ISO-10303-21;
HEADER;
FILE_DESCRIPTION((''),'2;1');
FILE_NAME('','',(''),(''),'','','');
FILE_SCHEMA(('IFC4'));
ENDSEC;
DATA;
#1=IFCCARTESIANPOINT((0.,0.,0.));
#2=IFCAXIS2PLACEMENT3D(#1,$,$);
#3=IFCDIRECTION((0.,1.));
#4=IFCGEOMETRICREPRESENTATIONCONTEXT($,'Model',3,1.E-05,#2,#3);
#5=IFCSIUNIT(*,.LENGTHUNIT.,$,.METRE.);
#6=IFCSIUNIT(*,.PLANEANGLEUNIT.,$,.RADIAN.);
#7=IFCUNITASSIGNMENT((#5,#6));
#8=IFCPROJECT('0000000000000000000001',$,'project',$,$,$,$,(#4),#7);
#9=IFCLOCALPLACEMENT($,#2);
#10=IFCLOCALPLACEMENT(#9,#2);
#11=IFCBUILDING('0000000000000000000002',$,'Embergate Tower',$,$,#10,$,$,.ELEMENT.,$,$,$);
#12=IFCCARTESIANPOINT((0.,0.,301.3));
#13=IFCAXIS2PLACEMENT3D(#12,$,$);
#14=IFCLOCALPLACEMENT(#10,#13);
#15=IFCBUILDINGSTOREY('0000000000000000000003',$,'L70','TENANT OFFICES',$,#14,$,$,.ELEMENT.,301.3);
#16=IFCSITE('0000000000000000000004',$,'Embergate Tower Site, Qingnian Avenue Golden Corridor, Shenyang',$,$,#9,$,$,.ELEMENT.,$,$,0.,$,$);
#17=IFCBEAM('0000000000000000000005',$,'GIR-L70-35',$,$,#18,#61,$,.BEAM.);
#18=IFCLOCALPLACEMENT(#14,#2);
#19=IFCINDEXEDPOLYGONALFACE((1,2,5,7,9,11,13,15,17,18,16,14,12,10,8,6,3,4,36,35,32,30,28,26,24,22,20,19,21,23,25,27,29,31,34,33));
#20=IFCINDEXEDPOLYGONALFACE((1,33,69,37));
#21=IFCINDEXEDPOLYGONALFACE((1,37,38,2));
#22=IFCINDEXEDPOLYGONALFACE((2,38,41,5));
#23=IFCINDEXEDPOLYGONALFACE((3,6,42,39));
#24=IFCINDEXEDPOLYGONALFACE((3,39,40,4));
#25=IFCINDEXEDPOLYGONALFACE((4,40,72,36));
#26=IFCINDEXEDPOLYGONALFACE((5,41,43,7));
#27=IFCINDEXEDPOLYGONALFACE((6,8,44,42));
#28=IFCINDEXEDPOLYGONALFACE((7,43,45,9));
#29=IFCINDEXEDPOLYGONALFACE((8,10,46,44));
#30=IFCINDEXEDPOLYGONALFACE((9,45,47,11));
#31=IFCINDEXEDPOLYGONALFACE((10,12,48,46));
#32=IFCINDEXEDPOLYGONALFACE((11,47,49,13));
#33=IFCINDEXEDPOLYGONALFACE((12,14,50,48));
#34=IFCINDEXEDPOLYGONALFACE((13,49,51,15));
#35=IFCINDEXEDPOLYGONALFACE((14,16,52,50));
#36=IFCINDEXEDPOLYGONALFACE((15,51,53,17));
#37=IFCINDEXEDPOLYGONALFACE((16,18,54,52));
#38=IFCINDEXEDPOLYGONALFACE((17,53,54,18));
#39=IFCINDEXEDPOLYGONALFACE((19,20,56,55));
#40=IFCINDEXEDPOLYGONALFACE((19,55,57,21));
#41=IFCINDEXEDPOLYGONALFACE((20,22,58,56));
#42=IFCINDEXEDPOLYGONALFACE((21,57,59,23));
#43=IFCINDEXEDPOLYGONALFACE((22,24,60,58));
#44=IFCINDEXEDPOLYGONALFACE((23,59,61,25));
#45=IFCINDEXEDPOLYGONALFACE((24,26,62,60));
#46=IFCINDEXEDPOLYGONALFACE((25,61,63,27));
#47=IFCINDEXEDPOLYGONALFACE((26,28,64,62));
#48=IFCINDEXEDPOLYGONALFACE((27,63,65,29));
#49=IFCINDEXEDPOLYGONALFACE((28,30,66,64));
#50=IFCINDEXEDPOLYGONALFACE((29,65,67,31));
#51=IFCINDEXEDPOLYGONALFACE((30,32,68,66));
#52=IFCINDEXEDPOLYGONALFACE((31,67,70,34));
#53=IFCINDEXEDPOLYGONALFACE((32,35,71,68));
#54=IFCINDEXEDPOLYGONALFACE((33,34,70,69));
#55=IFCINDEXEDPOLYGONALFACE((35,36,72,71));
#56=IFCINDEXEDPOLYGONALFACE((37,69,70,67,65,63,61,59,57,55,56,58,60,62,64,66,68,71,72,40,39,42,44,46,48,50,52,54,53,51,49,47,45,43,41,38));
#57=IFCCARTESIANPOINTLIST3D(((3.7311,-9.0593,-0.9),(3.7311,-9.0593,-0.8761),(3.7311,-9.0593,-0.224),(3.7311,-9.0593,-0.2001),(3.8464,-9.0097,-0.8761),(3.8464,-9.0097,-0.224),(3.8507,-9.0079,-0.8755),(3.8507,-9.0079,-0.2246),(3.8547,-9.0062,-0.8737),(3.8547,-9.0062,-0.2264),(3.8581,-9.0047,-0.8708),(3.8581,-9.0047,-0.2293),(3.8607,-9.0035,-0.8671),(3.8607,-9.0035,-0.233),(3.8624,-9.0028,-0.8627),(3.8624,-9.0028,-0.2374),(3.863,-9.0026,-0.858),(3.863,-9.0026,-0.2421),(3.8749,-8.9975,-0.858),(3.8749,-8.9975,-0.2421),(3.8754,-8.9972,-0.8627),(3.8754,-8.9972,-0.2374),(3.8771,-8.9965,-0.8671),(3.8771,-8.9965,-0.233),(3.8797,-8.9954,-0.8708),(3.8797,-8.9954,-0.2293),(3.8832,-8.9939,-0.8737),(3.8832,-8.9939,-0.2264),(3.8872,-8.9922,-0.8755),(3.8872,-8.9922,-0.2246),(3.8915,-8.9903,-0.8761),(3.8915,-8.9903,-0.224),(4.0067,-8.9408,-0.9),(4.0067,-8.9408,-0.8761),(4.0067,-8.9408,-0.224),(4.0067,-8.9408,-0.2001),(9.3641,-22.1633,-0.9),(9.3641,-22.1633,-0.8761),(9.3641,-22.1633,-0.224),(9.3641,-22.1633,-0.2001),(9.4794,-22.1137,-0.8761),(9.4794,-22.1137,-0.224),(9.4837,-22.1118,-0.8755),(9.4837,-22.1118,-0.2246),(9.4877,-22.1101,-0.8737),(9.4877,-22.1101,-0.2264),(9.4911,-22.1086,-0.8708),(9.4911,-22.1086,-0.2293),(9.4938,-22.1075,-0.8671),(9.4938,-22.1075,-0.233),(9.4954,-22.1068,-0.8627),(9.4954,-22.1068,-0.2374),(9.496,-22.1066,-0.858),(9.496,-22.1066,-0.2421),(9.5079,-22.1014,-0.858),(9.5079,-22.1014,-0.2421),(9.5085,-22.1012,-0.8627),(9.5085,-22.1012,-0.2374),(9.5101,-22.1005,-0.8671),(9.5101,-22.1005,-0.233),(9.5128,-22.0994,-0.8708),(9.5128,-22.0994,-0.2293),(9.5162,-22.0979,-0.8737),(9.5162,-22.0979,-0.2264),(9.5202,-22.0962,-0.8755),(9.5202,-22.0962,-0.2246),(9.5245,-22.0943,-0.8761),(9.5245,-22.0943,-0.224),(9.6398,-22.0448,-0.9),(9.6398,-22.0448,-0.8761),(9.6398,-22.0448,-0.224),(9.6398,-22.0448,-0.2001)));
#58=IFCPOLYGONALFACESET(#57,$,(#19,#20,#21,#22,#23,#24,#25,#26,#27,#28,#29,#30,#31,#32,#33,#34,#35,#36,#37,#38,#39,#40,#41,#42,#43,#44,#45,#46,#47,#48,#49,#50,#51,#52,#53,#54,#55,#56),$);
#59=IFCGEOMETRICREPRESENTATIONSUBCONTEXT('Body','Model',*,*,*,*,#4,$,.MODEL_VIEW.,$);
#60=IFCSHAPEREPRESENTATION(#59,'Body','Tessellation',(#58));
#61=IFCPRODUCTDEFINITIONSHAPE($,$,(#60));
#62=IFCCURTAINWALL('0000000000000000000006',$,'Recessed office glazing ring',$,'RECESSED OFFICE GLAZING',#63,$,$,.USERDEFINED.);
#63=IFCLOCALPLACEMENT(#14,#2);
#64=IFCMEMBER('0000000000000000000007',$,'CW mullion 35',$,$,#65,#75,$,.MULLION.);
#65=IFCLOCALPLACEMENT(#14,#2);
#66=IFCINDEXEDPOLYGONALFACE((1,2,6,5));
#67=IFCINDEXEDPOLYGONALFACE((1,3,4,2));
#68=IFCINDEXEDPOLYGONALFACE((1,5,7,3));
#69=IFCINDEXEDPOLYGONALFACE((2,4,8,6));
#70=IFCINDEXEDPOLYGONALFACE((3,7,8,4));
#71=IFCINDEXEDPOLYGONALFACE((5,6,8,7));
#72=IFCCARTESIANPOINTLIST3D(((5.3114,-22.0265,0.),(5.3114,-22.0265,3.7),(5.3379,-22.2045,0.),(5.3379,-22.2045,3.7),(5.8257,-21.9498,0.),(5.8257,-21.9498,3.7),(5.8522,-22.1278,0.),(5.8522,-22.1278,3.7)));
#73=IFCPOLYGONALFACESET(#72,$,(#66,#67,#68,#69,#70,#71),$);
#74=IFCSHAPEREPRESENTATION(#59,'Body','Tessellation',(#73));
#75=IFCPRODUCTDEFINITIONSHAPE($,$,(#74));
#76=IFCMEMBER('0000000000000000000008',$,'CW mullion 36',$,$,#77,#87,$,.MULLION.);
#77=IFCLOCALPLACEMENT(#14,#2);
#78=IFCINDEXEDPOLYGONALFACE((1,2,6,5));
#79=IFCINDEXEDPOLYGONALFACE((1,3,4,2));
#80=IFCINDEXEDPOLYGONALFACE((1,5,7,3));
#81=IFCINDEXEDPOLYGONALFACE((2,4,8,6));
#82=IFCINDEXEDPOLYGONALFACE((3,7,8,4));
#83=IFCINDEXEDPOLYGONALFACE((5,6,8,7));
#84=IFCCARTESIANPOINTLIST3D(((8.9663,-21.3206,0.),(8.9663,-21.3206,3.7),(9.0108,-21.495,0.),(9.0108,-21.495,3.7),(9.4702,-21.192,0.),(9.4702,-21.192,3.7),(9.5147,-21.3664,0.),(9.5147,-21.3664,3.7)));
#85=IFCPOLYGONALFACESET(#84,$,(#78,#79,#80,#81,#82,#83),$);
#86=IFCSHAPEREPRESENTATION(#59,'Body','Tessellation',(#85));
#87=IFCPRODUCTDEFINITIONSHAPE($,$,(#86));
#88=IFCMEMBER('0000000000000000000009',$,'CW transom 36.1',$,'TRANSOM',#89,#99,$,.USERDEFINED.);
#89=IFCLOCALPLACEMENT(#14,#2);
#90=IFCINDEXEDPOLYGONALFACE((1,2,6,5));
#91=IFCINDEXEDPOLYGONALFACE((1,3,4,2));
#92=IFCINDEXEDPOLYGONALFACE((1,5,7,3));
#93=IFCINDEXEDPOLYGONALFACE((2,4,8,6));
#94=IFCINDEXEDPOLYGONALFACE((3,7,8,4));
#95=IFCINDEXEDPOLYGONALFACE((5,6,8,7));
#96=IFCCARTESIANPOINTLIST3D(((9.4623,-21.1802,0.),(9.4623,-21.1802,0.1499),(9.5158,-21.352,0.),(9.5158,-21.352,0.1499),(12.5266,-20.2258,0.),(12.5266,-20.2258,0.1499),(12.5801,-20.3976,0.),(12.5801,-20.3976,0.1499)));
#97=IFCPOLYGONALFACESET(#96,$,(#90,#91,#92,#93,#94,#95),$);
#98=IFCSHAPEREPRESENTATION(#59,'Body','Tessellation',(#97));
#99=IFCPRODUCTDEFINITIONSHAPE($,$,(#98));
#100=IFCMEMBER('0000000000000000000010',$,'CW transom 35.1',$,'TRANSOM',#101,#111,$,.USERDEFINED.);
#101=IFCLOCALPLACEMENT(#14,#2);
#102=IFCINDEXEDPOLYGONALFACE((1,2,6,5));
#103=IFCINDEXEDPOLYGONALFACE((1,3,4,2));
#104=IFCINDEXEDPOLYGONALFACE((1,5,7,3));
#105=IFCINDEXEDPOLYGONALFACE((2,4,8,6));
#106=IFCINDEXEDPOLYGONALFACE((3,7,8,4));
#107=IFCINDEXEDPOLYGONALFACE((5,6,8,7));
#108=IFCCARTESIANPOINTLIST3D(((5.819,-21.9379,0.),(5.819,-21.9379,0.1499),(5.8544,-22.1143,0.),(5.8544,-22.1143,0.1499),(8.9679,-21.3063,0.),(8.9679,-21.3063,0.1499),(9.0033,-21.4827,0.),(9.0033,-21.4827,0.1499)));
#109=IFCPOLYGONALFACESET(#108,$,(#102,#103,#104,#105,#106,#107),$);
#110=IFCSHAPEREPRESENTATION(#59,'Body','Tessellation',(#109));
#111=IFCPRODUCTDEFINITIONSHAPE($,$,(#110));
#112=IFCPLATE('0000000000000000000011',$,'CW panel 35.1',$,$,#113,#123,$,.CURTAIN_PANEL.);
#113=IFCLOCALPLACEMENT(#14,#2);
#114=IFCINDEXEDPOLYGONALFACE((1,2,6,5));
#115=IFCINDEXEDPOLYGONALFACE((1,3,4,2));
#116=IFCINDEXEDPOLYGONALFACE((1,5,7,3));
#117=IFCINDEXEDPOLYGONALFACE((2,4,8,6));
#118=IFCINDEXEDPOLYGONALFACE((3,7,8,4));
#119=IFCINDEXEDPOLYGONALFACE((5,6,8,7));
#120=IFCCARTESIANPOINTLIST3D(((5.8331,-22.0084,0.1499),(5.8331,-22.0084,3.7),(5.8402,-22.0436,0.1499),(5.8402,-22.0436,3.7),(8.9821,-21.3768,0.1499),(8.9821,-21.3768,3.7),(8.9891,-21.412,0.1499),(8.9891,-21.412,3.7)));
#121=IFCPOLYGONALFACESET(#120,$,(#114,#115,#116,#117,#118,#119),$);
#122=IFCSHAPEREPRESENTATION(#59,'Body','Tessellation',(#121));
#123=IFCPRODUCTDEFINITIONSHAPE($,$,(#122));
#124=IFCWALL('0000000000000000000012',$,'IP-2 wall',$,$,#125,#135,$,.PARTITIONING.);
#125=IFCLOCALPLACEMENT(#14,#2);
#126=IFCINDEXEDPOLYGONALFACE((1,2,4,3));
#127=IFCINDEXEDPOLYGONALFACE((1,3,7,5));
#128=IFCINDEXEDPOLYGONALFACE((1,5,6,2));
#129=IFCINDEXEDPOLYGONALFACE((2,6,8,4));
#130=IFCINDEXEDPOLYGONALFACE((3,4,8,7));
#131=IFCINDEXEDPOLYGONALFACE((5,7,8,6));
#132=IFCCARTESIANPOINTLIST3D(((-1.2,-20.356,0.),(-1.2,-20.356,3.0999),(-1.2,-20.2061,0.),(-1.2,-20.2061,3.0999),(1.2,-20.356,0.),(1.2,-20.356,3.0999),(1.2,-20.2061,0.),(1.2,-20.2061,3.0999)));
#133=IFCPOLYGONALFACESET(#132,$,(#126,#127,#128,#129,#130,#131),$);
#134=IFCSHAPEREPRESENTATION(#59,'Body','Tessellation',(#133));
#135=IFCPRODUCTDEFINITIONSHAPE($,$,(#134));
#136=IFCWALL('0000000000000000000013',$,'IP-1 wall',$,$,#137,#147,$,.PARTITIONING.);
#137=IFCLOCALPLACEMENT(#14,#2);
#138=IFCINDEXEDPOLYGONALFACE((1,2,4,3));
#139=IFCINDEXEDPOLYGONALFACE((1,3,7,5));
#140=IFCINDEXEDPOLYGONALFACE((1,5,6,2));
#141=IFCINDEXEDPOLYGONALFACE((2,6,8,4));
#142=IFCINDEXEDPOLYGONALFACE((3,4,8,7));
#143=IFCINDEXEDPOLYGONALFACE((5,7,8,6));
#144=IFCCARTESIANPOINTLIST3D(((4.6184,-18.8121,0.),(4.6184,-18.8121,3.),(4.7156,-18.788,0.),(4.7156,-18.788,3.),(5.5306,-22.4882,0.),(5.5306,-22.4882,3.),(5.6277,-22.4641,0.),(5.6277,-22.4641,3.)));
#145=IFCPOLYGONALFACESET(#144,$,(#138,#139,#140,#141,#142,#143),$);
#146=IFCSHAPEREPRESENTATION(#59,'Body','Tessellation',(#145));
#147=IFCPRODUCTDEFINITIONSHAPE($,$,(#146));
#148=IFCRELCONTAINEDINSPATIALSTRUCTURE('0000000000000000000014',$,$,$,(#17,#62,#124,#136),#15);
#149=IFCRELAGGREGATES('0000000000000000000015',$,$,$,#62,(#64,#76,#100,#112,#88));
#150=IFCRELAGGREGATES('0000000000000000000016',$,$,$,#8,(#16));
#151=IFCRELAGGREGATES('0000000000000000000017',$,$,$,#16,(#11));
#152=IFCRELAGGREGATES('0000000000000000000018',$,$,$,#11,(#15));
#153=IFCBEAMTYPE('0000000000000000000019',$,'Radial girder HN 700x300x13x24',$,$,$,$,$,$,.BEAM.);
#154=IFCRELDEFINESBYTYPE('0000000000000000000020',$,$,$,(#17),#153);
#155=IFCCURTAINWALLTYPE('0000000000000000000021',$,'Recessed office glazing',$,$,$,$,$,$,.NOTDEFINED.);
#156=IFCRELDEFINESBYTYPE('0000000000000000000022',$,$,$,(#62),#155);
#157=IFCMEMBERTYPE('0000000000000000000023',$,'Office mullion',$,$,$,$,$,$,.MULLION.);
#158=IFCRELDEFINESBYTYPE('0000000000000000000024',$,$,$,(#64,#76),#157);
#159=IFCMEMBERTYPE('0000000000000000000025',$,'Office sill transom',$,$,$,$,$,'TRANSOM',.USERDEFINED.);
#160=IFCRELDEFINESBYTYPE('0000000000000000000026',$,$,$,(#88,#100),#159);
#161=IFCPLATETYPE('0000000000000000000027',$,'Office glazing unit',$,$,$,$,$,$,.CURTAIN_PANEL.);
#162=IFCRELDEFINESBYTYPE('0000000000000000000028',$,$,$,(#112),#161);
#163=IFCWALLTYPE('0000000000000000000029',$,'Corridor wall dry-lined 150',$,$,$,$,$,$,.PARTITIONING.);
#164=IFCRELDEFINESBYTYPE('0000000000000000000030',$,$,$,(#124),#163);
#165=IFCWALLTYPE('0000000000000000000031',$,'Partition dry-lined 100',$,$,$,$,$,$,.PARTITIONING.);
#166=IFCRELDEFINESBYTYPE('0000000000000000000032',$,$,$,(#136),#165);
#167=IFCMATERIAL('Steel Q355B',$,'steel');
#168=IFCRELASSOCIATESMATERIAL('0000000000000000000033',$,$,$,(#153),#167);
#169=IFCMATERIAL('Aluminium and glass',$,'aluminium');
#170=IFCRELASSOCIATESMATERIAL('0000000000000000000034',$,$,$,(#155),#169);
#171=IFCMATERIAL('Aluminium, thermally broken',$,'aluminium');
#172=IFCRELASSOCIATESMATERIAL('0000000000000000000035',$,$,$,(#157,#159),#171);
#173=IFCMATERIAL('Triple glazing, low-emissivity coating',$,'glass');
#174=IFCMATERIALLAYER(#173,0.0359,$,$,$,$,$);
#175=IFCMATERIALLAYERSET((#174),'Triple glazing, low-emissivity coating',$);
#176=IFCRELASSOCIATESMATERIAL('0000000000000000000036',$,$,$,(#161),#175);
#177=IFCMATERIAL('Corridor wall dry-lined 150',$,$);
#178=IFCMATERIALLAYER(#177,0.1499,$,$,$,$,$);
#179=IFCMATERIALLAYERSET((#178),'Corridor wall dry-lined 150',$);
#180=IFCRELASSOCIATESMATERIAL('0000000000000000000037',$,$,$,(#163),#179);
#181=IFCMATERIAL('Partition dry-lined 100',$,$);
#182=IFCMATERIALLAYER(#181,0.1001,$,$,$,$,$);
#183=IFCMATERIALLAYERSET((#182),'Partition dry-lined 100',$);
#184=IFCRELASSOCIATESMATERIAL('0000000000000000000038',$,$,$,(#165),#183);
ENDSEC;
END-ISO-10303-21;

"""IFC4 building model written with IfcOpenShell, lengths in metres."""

from ifc_helpers import new_model, si_unit, direction, frame, frame_2d, origin, origin_2d, place, context, subcontext, project, spatial, rectangle, i_section, extrude, source, transform, mapped, material, layer, layer_set, material_profile, profile_set, type_object, element, aggregate, save


model = new_model("IFC4")

# Units and contexts
model_context = context("Model", 3, precision=1e-05, world=origin(), true_north=direction((0.0, 1.0)))
body_context = subcontext(model_context, "Body", "Model", "MODEL_VIEW")
ifc_project = project(units=[si_unit("LENGTHUNIT", "METRE"), si_unit("PLANEANGLEUNIT", "RADIAN")], contexts=[model_context])

# Site, building, storey
site_placement = place(None, origin())
site = spatial("IfcSite", under=ifc_project, at=site_placement, Name="Embergate Tower Site, Qingnian Avenue Golden Corridor, Shenyang", CompositionType="ELEMENT", RefElevation=0.0)
building_placement = place(site_placement, origin())
building = spatial("IfcBuilding", under=site, at=building_placement, Name="Embergate Tower", CompositionType="ELEMENT")
storey_placement = place(building_placement, frame((0.0, 0.0, 301.3)))
storey = spatial("IfcBuildingStorey", under=building, at=storey_placement, Name="L70", Description="TENANT OFFICES", CompositionType="ELEMENT", Elevation=301.3)

# Beam
ifc_material_1 = material(Name="Steel Q355B", Category="steel")
ifc_material_profile_1 = material_profile(ifc_material_1, i_section(OverallWidth=0.3, OverallDepth=0.7, WebThickness=0.0129, FlangeThickness=0.0239, FilletRadius=0.0181, at=origin_2d()), Name="HN 700x300x13x24")
ifc_profile_set_1 = profile_set([ifc_material_profile_1], Name="Steel Q355 grade B")
beam_type = type_object("IfcBeamType", Name="Radial girder HN 700x300x13x24", PredefinedType="BEAM", material=ifc_profile_set_1)
shared_shape_1 = source(origin(), body_context, "Body", "SweptSolid", [
    extrude(i_section(OverallWidth=0.3, OverallDepth=0.7, WebThickness=0.0129, FlangeThickness=0.0239, FilletRadius=0.0181, at=origin_2d()), origin(), (0.0, 0.0, 1.0), 14.2634),
])
beam_placement = place(storey_placement, frame((9.502, -22.104, -0.55), z_axis=(-0.394929, 0.918712, 0.0), x_axis=(-0.918712, -0.394929, 0.0)))
element("IfcBeam", 1, at=beam_placement, inside=storey, type_object=beam_type, Name="GIR-L70-35", PredefinedType="BEAM", context=body_context, shape_type="MappedRepresentation", body=[
    mapped(shared_shape_1, transform((0.0, 0.0, 0.0))),
])

# Curtain wall, members, plate
ifc_material_2 = material(Name="Aluminium and glass", Category="aluminium")
curtain_wall_type = type_object("IfcCurtainWallType", Name="Recessed office glazing", PredefinedType="NOTDEFINED", material=ifc_material_2)
curtain_wall_placement = place(storey_placement, origin())
curtain_wall = element("IfcCurtainWall", 2, at=curtain_wall_placement, inside=storey, type_object=curtain_wall_type, Name="Recessed office glazing ring", ObjectType="RECESSED OFFICE GLAZING", PredefinedType="USERDEFINED")
ifc_material_3 = material(Name="Aluminium, thermally broken", Category="aluminium")
ifc_material_profile_2 = material_profile(ifc_material_3, rectangle(XDim=0.1799, YDim=0.52, at=origin_2d()), Name="AL 520x180")
ifc_profile_set_2 = profile_set([ifc_material_profile_2], Name="Aluminium, thermally broken")
member_type_1 = type_object("IfcMemberType", Name="Office mullion", PredefinedType="MULLION", material=ifc_profile_set_2)
shared_shape_2 = source(origin(), body_context, "Body", "SweptSolid", [
    extrude(rectangle(XDim=0.1799, YDim=0.52, at=origin_2d()), origin(), (0.0, 0.0, 1.0), 3.7),
])
member_1_placement = place(storey_placement, frame((5.5818, -22.0771, 0.0), z_axis=(0.0, 0.0, 1.0), x_axis=(-0.147412, 0.989075, 0.0)))
member_1 = element("IfcMember", 3, at=member_1_placement, type_object=member_type_1, Name="CW mullion 35", PredefinedType="MULLION", context=body_context, shape_type="MappedRepresentation", body=[
    mapped(shared_shape_2, transform((0.0, 0.0, 0.0))),
])
member_2_placement = place(storey_placement, frame((9.2405, -21.3435, 0.0), z_axis=(0.0, 0.0, 1.0), x_axis=(-0.247312, 0.968936, 0.0)))
member_2 = element("IfcMember", 4, at=member_2_placement, type_object=member_type_1, Name="CW mullion 36", PredefinedType="MULLION", context=body_context, shape_type="MappedRepresentation", body=[
    mapped(shared_shape_2, transform((0.0, 0.0, 0.0))),
])
ifc_material_profile_3 = material_profile(ifc_material_3, rectangle(XDim=0.1799, YDim=0.1499, at=origin_2d()), Name="AL 150x180")
ifc_profile_set_3 = profile_set([ifc_material_profile_3], Name="Aluminium, thermally broken")
member_type_2 = type_object("IfcMemberType", Name="Office sill transom", ElementType="TRANSOM", PredefinedType="USERDEFINED", material=ifc_profile_set_3)
shared_shape_3 = source(origin(), body_context, "Body", "SweptSolid", [
    extrude(rectangle(XDim=0.1799, YDim=0.1499, at=origin_2d()), origin(), (0.0, 0.0, 1.0), 3.2095),
])
member_3_placement = place(storey_placement, frame((9.489, -21.2661, 0.075), z_axis=(0.954765, 0.297361, 0.0), x_axis=(-0.297361, 0.954765, 0.0)))
member_3 = element("IfcMember", 5, at=member_3_placement, type_object=member_type_2, Name="CW transom 36.1", ObjectType="TRANSOM", PredefinedType="USERDEFINED", context=body_context, shape_type="MappedRepresentation", body=[
    mapped(shared_shape_3, transform((0.0, 0.0, 0.0))),
])
shared_shape_4 = source(origin(), body_context, "Body", "SweptSolid", [
    extrude(rectangle(XDim=0.1799, YDim=0.1499, at=origin_2d()), origin(), (0.0, 0.0, 1.0), 3.2117),
])
member_4_placement = place(storey_placement, frame((5.8367, -22.0261, 0.075), z_axis=(0.980472, 0.196657, 0.0), x_axis=(-0.196657, 0.980472, 0.0)))
member_4 = element("IfcMember", 6, at=member_4_placement, type_object=member_type_2, Name="CW transom 35.1", ObjectType="TRANSOM", PredefinedType="USERDEFINED", context=body_context, shape_type="MappedRepresentation", body=[
    mapped(shared_shape_4, transform((0.0, 0.0, 0.0))),
])
ifc_material_4 = material(Name="Triple glazing, low-emissivity coating", Category="glass")
ifc_layer_1 = layer(ifc_material_4, 0.0359)
ifc_layer_set_1 = layer_set([ifc_layer_1], Name="Triple glazing, low-emissivity coating")
plate_type = type_object("IfcPlateType", Name="Office glazing unit", PredefinedType="CURTAIN_PANEL", material=ifc_layer_set_1)
shared_shape_5 = source(origin(), body_context, "Body", "SweptSolid", [
    extrude(rectangle(XDim=3.2117, YDim=0.0359, at=origin_2d()), origin(), (0.0, 0.0, 1.0), 3.55),
])
plate_placement = place(storey_placement, frame((7.4111, -21.7102, 0.1499), z_axis=(0.0, 0.0, 1.0), x_axis=(0.980475, 0.196643, 0.0)))
plate = element("IfcPlate", 7, at=plate_placement, type_object=plate_type, Name="CW panel 35.1", PredefinedType="CURTAIN_PANEL", context=body_context, shape_type="MappedRepresentation", body=[
    mapped(shared_shape_5, transform((0.0, 0.0, 0.0))),
])
aggregate(curtain_wall, [member_1, member_2, member_4, plate, member_3])

# Walls
ifc_material_5 = material(Name="Corridor wall dry-lined 150")
ifc_layer_2 = layer(ifc_material_5, 0.1499)
ifc_layer_set_2 = layer_set([ifc_layer_2], Name="Corridor wall dry-lined 150")
wall_type_1 = type_object("IfcWallType", Name="Corridor wall dry-lined 150", PredefinedType="PARTITIONING", material=ifc_layer_set_2)
shared_shape_6 = source(origin(), body_context, "Body", "SweptSolid", [
    extrude(rectangle(XDim=2.3999, YDim=0.1499, at=frame_2d((1.2, 0.0))), origin(), (0.0, 0.0, 1.0), 3.0999),
])
wall_1_placement = place(storey_placement, frame((1.2, -20.281, 0.0), z_axis=(0.0, 0.0, 1.0), x_axis=(-1.0, 0.0, 0.0)))
element("IfcWall", 8, at=wall_1_placement, inside=storey, type_object=wall_type_1, Name="IP-2 wall", PredefinedType="PARTITIONING", context=body_context, shape_type="MappedRepresentation", body=[
    mapped(shared_shape_6, transform((0.0, 0.0, 0.0))),
])
ifc_material_6 = material(Name="Partition dry-lined 100")
ifc_layer_3 = layer(ifc_material_6, 0.1001)
ifc_layer_set_3 = layer_set([ifc_layer_3], Name="Partition dry-lined 100")
wall_type_2 = type_object("IfcWallType", Name="Partition dry-lined 100", PredefinedType="PARTITIONING", material=ifc_layer_set_3)
shared_shape_7 = source(origin(), body_context, "Body", "SweptSolid", [
    extrude(rectangle(XDim=3.7876, YDim=0.1001, at=frame_2d((1.8938, 0.0))), origin(), (0.0, 0.0, 1.0), 3.0),
])
wall_2_placement = place(storey_placement, frame((4.667, -18.8, 0.0), z_axis=(0.0, 0.0, 1.0), x_axis=(0.240821, -0.970569, 0.0)))
element("IfcWall", 9, at=wall_2_placement, inside=storey, type_object=wall_type_2, Name="IP-1 wall", PredefinedType="PARTITIONING", context=body_context, shape_type="MappedRepresentation", body=[
    mapped(shared_shape_7, transform((0.0, 0.0, 0.0))),
])

save(model, "model.ifc")
